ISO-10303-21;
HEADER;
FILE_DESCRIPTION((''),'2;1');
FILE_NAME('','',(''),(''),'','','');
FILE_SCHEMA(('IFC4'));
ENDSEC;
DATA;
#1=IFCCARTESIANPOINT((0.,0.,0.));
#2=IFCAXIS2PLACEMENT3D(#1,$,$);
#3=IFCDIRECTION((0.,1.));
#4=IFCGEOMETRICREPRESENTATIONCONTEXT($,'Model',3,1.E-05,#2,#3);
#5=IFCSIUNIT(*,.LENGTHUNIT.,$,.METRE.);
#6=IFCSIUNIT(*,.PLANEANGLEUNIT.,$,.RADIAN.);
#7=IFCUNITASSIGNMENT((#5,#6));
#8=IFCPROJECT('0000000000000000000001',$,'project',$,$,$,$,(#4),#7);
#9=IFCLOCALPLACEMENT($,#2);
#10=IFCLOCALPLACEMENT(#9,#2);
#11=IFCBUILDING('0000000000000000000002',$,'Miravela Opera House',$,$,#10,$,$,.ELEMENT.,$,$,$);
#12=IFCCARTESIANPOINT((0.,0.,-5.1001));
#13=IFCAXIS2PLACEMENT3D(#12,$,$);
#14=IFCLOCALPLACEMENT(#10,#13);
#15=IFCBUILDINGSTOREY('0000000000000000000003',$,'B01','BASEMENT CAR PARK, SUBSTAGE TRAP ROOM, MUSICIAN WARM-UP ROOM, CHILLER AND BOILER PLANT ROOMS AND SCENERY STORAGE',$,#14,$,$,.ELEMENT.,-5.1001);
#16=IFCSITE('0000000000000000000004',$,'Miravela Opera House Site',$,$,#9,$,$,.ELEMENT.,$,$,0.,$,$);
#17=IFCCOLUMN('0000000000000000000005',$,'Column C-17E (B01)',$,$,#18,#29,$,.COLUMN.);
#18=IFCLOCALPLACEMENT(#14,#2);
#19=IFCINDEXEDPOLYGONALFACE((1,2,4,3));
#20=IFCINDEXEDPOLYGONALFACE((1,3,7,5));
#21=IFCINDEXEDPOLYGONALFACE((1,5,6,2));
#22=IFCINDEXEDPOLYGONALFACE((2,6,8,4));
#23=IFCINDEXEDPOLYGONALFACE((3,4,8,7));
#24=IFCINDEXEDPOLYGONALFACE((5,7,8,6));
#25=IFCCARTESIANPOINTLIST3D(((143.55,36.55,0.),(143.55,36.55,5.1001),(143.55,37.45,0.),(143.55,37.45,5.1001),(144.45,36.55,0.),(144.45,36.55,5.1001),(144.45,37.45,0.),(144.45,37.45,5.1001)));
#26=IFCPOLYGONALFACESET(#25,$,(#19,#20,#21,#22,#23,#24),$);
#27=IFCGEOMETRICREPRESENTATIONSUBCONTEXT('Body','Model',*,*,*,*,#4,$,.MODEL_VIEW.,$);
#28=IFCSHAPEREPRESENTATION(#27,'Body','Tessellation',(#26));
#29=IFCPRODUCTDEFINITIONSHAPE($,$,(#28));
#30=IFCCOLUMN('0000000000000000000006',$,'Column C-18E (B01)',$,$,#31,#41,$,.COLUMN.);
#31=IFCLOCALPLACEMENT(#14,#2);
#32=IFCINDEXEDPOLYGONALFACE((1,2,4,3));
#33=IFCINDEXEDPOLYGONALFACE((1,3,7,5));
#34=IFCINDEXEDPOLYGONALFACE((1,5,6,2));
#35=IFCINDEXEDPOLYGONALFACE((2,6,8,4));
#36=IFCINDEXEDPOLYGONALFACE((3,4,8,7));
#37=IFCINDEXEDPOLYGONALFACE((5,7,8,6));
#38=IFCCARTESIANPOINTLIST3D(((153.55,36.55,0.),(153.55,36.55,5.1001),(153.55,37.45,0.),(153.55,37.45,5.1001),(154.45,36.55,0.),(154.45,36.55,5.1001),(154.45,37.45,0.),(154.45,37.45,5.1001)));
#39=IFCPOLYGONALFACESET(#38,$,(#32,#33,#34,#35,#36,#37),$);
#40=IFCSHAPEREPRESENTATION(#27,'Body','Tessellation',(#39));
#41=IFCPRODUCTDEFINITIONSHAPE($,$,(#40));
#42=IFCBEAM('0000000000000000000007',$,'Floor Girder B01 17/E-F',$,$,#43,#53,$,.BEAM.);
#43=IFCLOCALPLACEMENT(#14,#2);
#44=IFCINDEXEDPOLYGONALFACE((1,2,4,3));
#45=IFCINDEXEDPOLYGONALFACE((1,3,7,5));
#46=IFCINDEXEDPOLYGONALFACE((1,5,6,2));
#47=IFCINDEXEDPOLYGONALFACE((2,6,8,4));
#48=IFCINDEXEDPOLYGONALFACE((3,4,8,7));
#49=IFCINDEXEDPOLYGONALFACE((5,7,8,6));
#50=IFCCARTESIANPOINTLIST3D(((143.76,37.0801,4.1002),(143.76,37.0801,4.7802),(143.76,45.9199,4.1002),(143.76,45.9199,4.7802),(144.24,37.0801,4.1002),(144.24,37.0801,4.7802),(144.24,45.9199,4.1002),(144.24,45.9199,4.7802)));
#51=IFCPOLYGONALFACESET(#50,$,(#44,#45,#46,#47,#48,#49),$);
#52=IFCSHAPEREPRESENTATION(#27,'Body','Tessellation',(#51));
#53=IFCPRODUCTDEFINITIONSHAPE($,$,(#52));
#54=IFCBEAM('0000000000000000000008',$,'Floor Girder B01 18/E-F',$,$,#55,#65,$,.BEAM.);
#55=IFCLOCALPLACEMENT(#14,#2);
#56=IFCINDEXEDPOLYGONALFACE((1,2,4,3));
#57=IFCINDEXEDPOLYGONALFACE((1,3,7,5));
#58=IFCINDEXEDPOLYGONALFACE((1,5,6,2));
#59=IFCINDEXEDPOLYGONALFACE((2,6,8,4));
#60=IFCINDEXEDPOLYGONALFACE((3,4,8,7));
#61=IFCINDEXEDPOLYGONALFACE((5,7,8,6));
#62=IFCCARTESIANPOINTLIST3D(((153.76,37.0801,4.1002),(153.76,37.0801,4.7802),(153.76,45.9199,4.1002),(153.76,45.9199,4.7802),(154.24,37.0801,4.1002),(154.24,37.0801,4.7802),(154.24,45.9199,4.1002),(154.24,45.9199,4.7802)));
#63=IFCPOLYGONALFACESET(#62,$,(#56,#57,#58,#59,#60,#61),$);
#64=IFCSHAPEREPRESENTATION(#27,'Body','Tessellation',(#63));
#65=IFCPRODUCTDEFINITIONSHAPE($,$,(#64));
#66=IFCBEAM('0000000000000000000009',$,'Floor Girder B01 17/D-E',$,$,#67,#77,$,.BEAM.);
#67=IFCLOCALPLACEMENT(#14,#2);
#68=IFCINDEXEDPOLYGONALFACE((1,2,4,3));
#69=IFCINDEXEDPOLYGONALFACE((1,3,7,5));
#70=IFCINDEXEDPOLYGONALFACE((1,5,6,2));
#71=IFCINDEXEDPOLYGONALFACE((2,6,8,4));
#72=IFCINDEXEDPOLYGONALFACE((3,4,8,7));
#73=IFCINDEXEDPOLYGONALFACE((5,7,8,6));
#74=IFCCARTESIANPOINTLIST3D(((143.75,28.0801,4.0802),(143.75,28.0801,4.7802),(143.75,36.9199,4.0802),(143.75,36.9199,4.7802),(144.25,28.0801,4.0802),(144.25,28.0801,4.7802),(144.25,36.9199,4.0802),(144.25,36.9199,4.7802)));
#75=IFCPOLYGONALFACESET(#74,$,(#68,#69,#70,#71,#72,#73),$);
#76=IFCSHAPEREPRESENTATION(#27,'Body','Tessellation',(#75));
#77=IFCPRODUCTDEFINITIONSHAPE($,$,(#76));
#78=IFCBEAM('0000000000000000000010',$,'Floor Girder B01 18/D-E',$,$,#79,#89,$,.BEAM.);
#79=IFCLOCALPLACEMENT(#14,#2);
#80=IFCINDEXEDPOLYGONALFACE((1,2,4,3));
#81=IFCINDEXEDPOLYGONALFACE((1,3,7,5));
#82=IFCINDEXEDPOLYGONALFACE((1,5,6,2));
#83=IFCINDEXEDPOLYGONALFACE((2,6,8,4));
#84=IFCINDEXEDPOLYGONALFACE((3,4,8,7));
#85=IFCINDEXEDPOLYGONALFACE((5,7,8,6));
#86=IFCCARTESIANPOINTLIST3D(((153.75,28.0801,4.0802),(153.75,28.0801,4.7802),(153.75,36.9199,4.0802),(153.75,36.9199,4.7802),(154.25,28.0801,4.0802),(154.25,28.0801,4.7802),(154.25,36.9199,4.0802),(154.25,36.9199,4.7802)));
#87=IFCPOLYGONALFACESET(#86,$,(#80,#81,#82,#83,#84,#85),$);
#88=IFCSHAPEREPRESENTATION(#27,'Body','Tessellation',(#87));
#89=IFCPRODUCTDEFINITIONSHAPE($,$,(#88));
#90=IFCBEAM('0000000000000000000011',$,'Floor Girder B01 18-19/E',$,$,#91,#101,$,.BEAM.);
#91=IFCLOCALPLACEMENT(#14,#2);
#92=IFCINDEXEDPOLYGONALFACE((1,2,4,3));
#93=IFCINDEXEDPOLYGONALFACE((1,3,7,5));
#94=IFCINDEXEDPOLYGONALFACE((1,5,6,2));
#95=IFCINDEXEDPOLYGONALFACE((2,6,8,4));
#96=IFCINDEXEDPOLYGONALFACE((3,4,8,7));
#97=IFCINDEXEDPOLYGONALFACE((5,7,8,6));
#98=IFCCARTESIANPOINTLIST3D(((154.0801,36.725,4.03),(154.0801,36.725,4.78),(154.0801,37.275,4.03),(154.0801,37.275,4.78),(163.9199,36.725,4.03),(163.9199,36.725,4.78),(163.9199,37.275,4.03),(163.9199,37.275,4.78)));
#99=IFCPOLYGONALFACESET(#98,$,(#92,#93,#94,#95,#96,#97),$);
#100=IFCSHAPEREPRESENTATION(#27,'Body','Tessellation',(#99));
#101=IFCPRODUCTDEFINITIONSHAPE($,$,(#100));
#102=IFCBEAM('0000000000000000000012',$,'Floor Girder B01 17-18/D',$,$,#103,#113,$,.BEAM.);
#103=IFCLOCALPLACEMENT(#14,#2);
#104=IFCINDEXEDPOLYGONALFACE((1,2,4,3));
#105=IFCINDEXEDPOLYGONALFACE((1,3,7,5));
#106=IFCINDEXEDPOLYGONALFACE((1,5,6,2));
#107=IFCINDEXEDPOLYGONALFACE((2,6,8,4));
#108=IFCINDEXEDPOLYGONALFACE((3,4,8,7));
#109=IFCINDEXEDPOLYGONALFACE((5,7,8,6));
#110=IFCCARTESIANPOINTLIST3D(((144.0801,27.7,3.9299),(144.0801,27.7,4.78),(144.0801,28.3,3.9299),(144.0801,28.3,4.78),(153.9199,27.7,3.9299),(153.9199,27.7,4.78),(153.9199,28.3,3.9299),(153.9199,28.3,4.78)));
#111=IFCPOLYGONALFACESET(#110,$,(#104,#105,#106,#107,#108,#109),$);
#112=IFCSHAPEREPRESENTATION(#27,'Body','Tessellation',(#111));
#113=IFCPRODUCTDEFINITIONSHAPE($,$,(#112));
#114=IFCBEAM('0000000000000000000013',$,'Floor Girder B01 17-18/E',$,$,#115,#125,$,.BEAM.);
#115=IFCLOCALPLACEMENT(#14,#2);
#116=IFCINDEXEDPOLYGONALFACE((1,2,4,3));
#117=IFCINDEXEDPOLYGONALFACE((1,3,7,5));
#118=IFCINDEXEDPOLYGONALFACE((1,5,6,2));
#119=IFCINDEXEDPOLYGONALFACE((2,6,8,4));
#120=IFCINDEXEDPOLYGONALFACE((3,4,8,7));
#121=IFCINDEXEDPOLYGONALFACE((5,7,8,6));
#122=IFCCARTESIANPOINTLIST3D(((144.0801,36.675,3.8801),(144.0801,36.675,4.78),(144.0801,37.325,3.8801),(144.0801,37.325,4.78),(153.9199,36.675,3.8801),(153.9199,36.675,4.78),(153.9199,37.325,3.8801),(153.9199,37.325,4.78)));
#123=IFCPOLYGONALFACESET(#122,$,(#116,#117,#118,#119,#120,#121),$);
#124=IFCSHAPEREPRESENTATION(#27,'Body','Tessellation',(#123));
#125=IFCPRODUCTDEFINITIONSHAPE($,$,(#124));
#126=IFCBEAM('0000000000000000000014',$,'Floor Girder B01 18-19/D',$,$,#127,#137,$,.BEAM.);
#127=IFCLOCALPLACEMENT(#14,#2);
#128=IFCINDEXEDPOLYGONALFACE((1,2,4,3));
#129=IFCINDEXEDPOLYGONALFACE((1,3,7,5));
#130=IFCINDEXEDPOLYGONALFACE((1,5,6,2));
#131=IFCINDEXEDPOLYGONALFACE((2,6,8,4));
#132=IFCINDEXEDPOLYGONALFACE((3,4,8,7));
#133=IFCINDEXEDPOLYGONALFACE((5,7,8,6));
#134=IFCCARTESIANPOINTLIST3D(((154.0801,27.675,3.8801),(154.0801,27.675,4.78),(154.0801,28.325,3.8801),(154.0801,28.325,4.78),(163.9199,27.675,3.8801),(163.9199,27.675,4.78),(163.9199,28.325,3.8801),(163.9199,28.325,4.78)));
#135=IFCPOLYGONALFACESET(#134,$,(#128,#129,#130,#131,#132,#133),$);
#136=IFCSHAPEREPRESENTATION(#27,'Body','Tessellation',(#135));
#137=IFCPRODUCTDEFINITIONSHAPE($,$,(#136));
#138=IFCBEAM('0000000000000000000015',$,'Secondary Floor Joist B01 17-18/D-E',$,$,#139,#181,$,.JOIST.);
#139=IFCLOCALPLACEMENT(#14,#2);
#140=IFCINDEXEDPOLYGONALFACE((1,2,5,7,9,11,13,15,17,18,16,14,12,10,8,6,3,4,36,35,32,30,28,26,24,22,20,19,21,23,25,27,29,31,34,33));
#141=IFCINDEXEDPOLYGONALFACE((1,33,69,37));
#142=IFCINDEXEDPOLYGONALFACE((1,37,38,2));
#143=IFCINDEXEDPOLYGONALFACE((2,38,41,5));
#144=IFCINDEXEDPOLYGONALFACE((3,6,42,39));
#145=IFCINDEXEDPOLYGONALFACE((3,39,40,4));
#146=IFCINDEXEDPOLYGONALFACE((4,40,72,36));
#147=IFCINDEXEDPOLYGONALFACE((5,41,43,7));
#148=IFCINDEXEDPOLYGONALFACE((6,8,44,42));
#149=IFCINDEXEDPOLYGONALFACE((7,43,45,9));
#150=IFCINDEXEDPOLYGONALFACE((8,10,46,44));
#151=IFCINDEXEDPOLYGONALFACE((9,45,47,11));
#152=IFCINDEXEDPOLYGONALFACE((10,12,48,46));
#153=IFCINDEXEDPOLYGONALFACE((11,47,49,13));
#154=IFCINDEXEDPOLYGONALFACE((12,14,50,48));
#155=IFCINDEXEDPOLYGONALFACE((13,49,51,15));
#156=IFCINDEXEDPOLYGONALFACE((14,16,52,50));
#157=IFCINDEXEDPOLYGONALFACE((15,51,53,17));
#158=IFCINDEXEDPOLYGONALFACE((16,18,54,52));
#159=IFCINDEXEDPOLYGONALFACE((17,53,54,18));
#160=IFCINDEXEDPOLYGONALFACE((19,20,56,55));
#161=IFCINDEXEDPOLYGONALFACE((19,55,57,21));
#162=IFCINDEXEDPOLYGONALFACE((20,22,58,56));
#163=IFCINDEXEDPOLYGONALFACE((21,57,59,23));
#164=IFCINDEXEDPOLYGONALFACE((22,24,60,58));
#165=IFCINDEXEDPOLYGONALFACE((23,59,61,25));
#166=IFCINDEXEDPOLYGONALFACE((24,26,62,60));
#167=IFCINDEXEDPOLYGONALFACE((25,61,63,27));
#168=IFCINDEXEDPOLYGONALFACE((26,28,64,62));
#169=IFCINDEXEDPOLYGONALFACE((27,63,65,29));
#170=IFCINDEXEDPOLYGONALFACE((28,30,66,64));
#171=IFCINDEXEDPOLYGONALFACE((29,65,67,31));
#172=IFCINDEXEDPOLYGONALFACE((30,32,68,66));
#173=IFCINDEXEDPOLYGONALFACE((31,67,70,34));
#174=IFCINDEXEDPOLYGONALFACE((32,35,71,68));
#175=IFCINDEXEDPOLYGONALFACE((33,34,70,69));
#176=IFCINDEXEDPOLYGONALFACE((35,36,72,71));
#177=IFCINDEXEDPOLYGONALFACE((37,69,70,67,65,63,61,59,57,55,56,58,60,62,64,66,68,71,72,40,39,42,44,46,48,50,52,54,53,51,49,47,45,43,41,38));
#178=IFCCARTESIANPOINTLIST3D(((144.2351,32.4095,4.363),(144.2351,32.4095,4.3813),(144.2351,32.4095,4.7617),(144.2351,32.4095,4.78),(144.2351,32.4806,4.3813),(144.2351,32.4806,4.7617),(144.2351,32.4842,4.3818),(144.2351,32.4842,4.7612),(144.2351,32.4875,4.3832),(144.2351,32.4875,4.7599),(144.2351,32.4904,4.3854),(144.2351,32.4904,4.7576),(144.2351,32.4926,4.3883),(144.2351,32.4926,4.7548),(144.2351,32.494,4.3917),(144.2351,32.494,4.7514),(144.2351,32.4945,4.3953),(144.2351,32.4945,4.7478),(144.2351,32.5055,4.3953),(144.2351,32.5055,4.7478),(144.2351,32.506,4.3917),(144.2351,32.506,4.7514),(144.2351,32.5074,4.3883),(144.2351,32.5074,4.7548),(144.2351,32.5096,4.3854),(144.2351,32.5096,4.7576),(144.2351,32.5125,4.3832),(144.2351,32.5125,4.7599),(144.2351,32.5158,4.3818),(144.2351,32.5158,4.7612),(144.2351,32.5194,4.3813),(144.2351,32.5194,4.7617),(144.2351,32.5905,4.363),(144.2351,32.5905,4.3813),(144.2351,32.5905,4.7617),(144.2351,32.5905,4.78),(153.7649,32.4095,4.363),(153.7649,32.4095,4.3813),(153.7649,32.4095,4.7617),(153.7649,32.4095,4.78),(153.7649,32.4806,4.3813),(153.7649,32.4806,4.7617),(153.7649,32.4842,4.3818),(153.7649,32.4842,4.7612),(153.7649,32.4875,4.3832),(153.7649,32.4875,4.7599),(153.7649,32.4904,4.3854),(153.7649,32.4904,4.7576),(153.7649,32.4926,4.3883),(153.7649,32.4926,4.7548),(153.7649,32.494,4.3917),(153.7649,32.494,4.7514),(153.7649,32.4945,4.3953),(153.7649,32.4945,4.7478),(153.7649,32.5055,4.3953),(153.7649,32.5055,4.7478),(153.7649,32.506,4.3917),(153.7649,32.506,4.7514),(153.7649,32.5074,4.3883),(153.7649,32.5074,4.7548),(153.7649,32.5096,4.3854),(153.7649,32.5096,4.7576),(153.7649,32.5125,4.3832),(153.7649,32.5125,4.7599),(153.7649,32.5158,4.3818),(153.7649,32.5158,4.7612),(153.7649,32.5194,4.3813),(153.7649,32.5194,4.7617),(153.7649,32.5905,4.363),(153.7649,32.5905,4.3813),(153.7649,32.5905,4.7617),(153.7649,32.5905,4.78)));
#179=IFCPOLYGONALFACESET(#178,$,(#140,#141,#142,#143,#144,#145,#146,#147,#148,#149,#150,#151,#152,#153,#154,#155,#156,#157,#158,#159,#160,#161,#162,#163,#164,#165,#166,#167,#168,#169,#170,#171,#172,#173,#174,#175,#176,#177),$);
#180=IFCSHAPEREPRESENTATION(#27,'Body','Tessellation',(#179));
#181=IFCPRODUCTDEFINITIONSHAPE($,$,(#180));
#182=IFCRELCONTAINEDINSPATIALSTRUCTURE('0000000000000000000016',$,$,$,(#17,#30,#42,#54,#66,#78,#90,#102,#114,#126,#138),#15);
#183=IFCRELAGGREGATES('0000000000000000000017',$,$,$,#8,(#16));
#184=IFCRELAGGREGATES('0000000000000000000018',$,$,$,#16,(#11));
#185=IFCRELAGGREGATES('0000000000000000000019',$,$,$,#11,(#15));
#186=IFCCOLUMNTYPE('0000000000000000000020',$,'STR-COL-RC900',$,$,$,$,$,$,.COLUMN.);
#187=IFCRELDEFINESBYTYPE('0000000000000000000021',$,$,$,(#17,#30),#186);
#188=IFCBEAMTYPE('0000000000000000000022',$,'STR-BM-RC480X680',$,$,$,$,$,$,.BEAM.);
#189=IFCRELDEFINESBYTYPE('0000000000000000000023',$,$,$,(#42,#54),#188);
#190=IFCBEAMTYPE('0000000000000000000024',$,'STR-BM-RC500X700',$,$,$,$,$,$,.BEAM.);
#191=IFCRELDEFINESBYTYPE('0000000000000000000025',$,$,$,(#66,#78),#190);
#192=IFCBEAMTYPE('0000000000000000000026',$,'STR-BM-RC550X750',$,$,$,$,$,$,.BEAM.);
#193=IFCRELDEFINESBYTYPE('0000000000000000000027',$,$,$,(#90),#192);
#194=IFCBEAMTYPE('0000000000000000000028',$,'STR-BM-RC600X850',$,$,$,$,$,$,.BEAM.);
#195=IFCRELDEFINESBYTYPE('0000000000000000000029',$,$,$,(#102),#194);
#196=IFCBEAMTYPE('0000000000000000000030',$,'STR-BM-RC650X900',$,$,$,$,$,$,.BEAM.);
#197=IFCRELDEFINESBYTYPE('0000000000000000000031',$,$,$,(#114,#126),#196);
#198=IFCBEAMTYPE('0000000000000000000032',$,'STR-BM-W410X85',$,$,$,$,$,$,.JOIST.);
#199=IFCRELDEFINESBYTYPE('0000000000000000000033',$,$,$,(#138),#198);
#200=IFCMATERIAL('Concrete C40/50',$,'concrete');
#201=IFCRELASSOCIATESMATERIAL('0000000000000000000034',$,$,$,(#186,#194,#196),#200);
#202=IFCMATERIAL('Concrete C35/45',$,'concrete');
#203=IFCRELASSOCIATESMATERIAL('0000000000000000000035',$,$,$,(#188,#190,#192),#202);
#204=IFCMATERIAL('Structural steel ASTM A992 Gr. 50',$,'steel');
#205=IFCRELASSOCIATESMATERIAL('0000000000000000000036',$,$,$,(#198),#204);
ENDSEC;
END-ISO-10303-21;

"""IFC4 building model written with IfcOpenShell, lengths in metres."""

from ifc_helpers import new_model, si_unit, direction, frame, origin, origin_2d, place, context, subcontext, project, spatial, rectangle, i_section, extrude, material, material_profile, profile_set, type_object, element, save


model = new_model("IFC4")

# Units and contexts
model_context = context("Model", 3, precision=1e-05, world=origin(), true_north=direction((0.0, 1.0)))
body_context = subcontext(model_context, "Body", "Model", "MODEL_VIEW")
ifc_project = project(units=[si_unit("LENGTHUNIT", "METRE"), si_unit("PLANEANGLEUNIT", "RADIAN")], contexts=[model_context])

# Site, building, storey
site_placement = place(None, origin())
site = spatial("IfcSite", under=ifc_project, at=site_placement, Name="Miravela Opera House Site", CompositionType="ELEMENT", RefElevation=0.0)
building_placement = place(site_placement, origin())
building = spatial("IfcBuilding", under=site, at=building_placement, Name="Miravela Opera House", CompositionType="ELEMENT")
storey_placement = place(building_placement, frame((0.0, 0.0, -5.1001)))
storey = spatial("IfcBuildingStorey", under=building, at=storey_placement, Name="B01", Description="BASEMENT CAR PARK, SUBSTAGE TRAP ROOM, MUSICIAN WARM-UP ROOM, CHILLER AND BOILER PLANT ROOMS AND SCENERY STORAGE", CompositionType="ELEMENT", Elevation=-5.1001)

# Shared definitions
ifc_material_1 = material(Name="Concrete C35/45", Category="concrete")

# Columns
ifc_material_2 = material(Name="Concrete C40/50", Category="concrete")
ifc_material_profile_1 = material_profile(ifc_material_2, rectangle(XDim=0.8999, YDim=0.8999, at=origin_2d()), Name="RC-COL-900X900")
ifc_profile_set_1 = profile_set([ifc_material_profile_1])
column_type_1 = type_object("IfcColumnType", Name="STR-COL-RC900", PredefinedType="COLUMN", material=ifc_profile_set_1)
for number, where, z_axis, x_axis, name in (
    (1, (144.0, 37.0, 0.0), (0.0, 0.0, 1.0), (1.0, 0.0, 0.0), "Column C-17E (B01)"),
    (2, (154.0, 37.0, 0.0), (0.0, 0.0, 1.0), (1.0, 0.0, 0.0), "Column C-18E (B01)"),
):
    element("IfcColumn", number, at=place(storey_placement, frame(where, z_axis=z_axis, x_axis=x_axis)), inside=storey, type_object=column_type_1, Name=name, PredefinedType="COLUMN", context=body_context, shape_type="SweptSolid", body=[
        extrude(rectangle(XDim=0.8999, YDim=0.8999, at=origin_2d()), origin(), (0.0, 0.0, 1.0), 5.1001),
    ])

# Beams
ifc_material_profile_2 = material_profile(ifc_material_1, rectangle(XDim=0.48, YDim=0.6799, at=origin_2d()), Name="RC-BM-480X680")
ifc_profile_set_2 = profile_set([ifc_material_profile_2])
beam_type_1 = type_object("IfcBeamType", Name="STR-BM-RC480X680", PredefinedType="BEAM", material=ifc_profile_set_2)
for number, where, z_axis, x_axis, name in (
    (3, (144.0, 37.0801, 4.4402), (0.0, 1.0, 0.0), (-1.0, 0.0, 0.0), "Floor Girder B01 17/E-F"),
    (4, (154.0, 37.0801, 4.4402), (0.0, 1.0, 0.0), (-1.0, 0.0, 0.0), "Floor Girder B01 18/E-F"),
):
    element("IfcBeam", number, at=place(storey_placement, frame(where, z_axis=z_axis, x_axis=x_axis)), inside=storey, type_object=beam_type_1, Name=name, PredefinedType="BEAM", context=body_context, shape_type="SweptSolid", body=[
        extrude(rectangle(XDim=0.48, YDim=0.6799, at=origin_2d()), origin(), (0.0, 0.0, 1.0), 8.8398),
    ])
ifc_material_profile_3 = material_profile(ifc_material_1, rectangle(XDim=0.5, YDim=0.7, at=origin_2d()), Name="RC-BM-500X700")
ifc_profile_set_3 = profile_set([ifc_material_profile_3])
beam_type_2 = type_object("IfcBeamType", Name="STR-BM-RC500X700", PredefinedType="BEAM", material=ifc_profile_set_3)
for number, where, z_axis, x_axis, name in (
    (5, (144.0, 28.0801, 4.4302), (0.0, 1.0, 0.0), (-1.0, 0.0, 0.0), "Floor Girder B01 17/D-E"),
    (6, (154.0, 28.0801, 4.4302), (0.0, 1.0, 0.0), (-1.0, 0.0, 0.0), "Floor Girder B01 18/D-E"),
):
    element("IfcBeam", number, at=place(storey_placement, frame(where, z_axis=z_axis, x_axis=x_axis)), inside=storey, type_object=beam_type_2, Name=name, PredefinedType="BEAM", context=body_context, shape_type="SweptSolid", body=[
        extrude(rectangle(XDim=0.5, YDim=0.7, at=origin_2d()), origin(), (0.0, 0.0, 1.0), 8.8398),
    ])
ifc_material_profile_4 = material_profile(ifc_material_1, rectangle(XDim=0.55, YDim=0.75, at=origin_2d()), Name="RC-BM-550X750")
ifc_profile_set_4 = profile_set([ifc_material_profile_4])
beam_type_3 = type_object("IfcBeamType", Name="STR-BM-RC550X750", PredefinedType="BEAM", material=ifc_profile_set_4)
beam_1_placement = place(storey_placement, frame((154.0801, 37.0, 4.405), z_axis=(1.0, 0.0, 0.0), x_axis=(0.0, 1.0, 0.0)))
element("IfcBeam", 7, at=beam_1_placement, inside=storey, type_object=beam_type_3, Name="Floor Girder B01 18-19/E", PredefinedType="BEAM", context=body_context, shape_type="SweptSolid", body=[
    extrude(rectangle(XDim=0.55, YDim=0.75, at=origin_2d()), origin(), (0.0, 0.0, 1.0), 9.8398),
])
ifc_material_profile_5 = material_profile(ifc_material_2, rectangle(XDim=0.6001, YDim=0.8501, at=origin_2d()), Name="RC-BM-600X850")
ifc_profile_set_5 = profile_set([ifc_material_profile_5])
beam_type_4 = type_object("IfcBeamType", Name="STR-BM-RC600X850", PredefinedType="BEAM", material=ifc_profile_set_5)
beam_2_placement = place(storey_placement, frame((144.0801, 28.0, 4.355), z_axis=(1.0, 0.0, 0.0), x_axis=(0.0, 1.0, 0.0)))
element("IfcBeam", 8, at=beam_2_placement, inside=storey, type_object=beam_type_4, Name="Floor Girder B01 17-18/D", PredefinedType="BEAM", context=body_context, shape_type="SweptSolid", body=[
    extrude(rectangle(XDim=0.6001, YDim=0.8501, at=origin_2d()), origin(), (0.0, 0.0, 1.0), 9.8398),
])
ifc_material_profile_6 = material_profile(ifc_material_2, rectangle(XDim=0.6499, YDim=0.8999, at=origin_2d()), Name="RC-BM-650X900")
ifc_profile_set_6 = profile_set([ifc_material_profile_6])
beam_type_5 = type_object("IfcBeamType", Name="STR-BM-RC650X900", PredefinedType="BEAM", material=ifc_profile_set_6)
for number, where, z_axis, x_axis, name in (
    (9, (144.0801, 37.0, 4.3301), (1.0, 0.0, 0.0), (0.0, 1.0, 0.0), "Floor Girder B01 17-18/E"),
    (10, (154.0801, 28.0, 4.3301), (1.0, 0.0, 0.0), (0.0, 1.0, 0.0), "Floor Girder B01 18-19/D"),
):
    element("IfcBeam", number, at=place(storey_placement, frame(where, z_axis=z_axis, x_axis=x_axis)), inside=storey, type_object=beam_type_5, Name=name, PredefinedType="BEAM", context=body_context, shape_type="SweptSolid", body=[
        extrude(rectangle(XDim=0.6499, YDim=0.8999, at=origin_2d()), origin(), (0.0, 0.0, 1.0), 9.8398),
    ])
ifc_material_3 = material(Name="Structural steel ASTM A992 Gr. 50", Category="steel")
ifc_material_profile_7 = material_profile(ifc_material_3, i_section(OverallWidth=0.1809, OverallDepth=0.417, WebThickness=0.011, FlangeThickness=0.0183, FilletRadius=0.0139, at=origin_2d()), Name="W410X85")
ifc_profile_set_7 = profile_set([ifc_material_profile_7])
beam_type_6 = type_object("IfcBeamType", Name="STR-BM-W410X85", PredefinedType="JOIST", material=ifc_profile_set_7)
beam_3_placement = place(storey_placement, frame((144.2351, 32.5, 4.5715), z_axis=(1.0, 0.0, 0.0), x_axis=(0.0, 1.0, 0.0)))
element("IfcBeam", 11, at=beam_3_placement, inside=storey, type_object=beam_type_6, Name="Secondary Floor Joist B01 17-18/D-E", PredefinedType="JOIST", context=body_context, shape_type="SweptSolid", body=[
    extrude(i_section(OverallWidth=0.1809, OverallDepth=0.417, WebThickness=0.011, FlangeThickness=0.0183, FilletRadius=0.0139, at=origin_2d()), origin(), (0.0, 0.0, 1.0), 9.5298),
])

save(model, "model.ifc")
